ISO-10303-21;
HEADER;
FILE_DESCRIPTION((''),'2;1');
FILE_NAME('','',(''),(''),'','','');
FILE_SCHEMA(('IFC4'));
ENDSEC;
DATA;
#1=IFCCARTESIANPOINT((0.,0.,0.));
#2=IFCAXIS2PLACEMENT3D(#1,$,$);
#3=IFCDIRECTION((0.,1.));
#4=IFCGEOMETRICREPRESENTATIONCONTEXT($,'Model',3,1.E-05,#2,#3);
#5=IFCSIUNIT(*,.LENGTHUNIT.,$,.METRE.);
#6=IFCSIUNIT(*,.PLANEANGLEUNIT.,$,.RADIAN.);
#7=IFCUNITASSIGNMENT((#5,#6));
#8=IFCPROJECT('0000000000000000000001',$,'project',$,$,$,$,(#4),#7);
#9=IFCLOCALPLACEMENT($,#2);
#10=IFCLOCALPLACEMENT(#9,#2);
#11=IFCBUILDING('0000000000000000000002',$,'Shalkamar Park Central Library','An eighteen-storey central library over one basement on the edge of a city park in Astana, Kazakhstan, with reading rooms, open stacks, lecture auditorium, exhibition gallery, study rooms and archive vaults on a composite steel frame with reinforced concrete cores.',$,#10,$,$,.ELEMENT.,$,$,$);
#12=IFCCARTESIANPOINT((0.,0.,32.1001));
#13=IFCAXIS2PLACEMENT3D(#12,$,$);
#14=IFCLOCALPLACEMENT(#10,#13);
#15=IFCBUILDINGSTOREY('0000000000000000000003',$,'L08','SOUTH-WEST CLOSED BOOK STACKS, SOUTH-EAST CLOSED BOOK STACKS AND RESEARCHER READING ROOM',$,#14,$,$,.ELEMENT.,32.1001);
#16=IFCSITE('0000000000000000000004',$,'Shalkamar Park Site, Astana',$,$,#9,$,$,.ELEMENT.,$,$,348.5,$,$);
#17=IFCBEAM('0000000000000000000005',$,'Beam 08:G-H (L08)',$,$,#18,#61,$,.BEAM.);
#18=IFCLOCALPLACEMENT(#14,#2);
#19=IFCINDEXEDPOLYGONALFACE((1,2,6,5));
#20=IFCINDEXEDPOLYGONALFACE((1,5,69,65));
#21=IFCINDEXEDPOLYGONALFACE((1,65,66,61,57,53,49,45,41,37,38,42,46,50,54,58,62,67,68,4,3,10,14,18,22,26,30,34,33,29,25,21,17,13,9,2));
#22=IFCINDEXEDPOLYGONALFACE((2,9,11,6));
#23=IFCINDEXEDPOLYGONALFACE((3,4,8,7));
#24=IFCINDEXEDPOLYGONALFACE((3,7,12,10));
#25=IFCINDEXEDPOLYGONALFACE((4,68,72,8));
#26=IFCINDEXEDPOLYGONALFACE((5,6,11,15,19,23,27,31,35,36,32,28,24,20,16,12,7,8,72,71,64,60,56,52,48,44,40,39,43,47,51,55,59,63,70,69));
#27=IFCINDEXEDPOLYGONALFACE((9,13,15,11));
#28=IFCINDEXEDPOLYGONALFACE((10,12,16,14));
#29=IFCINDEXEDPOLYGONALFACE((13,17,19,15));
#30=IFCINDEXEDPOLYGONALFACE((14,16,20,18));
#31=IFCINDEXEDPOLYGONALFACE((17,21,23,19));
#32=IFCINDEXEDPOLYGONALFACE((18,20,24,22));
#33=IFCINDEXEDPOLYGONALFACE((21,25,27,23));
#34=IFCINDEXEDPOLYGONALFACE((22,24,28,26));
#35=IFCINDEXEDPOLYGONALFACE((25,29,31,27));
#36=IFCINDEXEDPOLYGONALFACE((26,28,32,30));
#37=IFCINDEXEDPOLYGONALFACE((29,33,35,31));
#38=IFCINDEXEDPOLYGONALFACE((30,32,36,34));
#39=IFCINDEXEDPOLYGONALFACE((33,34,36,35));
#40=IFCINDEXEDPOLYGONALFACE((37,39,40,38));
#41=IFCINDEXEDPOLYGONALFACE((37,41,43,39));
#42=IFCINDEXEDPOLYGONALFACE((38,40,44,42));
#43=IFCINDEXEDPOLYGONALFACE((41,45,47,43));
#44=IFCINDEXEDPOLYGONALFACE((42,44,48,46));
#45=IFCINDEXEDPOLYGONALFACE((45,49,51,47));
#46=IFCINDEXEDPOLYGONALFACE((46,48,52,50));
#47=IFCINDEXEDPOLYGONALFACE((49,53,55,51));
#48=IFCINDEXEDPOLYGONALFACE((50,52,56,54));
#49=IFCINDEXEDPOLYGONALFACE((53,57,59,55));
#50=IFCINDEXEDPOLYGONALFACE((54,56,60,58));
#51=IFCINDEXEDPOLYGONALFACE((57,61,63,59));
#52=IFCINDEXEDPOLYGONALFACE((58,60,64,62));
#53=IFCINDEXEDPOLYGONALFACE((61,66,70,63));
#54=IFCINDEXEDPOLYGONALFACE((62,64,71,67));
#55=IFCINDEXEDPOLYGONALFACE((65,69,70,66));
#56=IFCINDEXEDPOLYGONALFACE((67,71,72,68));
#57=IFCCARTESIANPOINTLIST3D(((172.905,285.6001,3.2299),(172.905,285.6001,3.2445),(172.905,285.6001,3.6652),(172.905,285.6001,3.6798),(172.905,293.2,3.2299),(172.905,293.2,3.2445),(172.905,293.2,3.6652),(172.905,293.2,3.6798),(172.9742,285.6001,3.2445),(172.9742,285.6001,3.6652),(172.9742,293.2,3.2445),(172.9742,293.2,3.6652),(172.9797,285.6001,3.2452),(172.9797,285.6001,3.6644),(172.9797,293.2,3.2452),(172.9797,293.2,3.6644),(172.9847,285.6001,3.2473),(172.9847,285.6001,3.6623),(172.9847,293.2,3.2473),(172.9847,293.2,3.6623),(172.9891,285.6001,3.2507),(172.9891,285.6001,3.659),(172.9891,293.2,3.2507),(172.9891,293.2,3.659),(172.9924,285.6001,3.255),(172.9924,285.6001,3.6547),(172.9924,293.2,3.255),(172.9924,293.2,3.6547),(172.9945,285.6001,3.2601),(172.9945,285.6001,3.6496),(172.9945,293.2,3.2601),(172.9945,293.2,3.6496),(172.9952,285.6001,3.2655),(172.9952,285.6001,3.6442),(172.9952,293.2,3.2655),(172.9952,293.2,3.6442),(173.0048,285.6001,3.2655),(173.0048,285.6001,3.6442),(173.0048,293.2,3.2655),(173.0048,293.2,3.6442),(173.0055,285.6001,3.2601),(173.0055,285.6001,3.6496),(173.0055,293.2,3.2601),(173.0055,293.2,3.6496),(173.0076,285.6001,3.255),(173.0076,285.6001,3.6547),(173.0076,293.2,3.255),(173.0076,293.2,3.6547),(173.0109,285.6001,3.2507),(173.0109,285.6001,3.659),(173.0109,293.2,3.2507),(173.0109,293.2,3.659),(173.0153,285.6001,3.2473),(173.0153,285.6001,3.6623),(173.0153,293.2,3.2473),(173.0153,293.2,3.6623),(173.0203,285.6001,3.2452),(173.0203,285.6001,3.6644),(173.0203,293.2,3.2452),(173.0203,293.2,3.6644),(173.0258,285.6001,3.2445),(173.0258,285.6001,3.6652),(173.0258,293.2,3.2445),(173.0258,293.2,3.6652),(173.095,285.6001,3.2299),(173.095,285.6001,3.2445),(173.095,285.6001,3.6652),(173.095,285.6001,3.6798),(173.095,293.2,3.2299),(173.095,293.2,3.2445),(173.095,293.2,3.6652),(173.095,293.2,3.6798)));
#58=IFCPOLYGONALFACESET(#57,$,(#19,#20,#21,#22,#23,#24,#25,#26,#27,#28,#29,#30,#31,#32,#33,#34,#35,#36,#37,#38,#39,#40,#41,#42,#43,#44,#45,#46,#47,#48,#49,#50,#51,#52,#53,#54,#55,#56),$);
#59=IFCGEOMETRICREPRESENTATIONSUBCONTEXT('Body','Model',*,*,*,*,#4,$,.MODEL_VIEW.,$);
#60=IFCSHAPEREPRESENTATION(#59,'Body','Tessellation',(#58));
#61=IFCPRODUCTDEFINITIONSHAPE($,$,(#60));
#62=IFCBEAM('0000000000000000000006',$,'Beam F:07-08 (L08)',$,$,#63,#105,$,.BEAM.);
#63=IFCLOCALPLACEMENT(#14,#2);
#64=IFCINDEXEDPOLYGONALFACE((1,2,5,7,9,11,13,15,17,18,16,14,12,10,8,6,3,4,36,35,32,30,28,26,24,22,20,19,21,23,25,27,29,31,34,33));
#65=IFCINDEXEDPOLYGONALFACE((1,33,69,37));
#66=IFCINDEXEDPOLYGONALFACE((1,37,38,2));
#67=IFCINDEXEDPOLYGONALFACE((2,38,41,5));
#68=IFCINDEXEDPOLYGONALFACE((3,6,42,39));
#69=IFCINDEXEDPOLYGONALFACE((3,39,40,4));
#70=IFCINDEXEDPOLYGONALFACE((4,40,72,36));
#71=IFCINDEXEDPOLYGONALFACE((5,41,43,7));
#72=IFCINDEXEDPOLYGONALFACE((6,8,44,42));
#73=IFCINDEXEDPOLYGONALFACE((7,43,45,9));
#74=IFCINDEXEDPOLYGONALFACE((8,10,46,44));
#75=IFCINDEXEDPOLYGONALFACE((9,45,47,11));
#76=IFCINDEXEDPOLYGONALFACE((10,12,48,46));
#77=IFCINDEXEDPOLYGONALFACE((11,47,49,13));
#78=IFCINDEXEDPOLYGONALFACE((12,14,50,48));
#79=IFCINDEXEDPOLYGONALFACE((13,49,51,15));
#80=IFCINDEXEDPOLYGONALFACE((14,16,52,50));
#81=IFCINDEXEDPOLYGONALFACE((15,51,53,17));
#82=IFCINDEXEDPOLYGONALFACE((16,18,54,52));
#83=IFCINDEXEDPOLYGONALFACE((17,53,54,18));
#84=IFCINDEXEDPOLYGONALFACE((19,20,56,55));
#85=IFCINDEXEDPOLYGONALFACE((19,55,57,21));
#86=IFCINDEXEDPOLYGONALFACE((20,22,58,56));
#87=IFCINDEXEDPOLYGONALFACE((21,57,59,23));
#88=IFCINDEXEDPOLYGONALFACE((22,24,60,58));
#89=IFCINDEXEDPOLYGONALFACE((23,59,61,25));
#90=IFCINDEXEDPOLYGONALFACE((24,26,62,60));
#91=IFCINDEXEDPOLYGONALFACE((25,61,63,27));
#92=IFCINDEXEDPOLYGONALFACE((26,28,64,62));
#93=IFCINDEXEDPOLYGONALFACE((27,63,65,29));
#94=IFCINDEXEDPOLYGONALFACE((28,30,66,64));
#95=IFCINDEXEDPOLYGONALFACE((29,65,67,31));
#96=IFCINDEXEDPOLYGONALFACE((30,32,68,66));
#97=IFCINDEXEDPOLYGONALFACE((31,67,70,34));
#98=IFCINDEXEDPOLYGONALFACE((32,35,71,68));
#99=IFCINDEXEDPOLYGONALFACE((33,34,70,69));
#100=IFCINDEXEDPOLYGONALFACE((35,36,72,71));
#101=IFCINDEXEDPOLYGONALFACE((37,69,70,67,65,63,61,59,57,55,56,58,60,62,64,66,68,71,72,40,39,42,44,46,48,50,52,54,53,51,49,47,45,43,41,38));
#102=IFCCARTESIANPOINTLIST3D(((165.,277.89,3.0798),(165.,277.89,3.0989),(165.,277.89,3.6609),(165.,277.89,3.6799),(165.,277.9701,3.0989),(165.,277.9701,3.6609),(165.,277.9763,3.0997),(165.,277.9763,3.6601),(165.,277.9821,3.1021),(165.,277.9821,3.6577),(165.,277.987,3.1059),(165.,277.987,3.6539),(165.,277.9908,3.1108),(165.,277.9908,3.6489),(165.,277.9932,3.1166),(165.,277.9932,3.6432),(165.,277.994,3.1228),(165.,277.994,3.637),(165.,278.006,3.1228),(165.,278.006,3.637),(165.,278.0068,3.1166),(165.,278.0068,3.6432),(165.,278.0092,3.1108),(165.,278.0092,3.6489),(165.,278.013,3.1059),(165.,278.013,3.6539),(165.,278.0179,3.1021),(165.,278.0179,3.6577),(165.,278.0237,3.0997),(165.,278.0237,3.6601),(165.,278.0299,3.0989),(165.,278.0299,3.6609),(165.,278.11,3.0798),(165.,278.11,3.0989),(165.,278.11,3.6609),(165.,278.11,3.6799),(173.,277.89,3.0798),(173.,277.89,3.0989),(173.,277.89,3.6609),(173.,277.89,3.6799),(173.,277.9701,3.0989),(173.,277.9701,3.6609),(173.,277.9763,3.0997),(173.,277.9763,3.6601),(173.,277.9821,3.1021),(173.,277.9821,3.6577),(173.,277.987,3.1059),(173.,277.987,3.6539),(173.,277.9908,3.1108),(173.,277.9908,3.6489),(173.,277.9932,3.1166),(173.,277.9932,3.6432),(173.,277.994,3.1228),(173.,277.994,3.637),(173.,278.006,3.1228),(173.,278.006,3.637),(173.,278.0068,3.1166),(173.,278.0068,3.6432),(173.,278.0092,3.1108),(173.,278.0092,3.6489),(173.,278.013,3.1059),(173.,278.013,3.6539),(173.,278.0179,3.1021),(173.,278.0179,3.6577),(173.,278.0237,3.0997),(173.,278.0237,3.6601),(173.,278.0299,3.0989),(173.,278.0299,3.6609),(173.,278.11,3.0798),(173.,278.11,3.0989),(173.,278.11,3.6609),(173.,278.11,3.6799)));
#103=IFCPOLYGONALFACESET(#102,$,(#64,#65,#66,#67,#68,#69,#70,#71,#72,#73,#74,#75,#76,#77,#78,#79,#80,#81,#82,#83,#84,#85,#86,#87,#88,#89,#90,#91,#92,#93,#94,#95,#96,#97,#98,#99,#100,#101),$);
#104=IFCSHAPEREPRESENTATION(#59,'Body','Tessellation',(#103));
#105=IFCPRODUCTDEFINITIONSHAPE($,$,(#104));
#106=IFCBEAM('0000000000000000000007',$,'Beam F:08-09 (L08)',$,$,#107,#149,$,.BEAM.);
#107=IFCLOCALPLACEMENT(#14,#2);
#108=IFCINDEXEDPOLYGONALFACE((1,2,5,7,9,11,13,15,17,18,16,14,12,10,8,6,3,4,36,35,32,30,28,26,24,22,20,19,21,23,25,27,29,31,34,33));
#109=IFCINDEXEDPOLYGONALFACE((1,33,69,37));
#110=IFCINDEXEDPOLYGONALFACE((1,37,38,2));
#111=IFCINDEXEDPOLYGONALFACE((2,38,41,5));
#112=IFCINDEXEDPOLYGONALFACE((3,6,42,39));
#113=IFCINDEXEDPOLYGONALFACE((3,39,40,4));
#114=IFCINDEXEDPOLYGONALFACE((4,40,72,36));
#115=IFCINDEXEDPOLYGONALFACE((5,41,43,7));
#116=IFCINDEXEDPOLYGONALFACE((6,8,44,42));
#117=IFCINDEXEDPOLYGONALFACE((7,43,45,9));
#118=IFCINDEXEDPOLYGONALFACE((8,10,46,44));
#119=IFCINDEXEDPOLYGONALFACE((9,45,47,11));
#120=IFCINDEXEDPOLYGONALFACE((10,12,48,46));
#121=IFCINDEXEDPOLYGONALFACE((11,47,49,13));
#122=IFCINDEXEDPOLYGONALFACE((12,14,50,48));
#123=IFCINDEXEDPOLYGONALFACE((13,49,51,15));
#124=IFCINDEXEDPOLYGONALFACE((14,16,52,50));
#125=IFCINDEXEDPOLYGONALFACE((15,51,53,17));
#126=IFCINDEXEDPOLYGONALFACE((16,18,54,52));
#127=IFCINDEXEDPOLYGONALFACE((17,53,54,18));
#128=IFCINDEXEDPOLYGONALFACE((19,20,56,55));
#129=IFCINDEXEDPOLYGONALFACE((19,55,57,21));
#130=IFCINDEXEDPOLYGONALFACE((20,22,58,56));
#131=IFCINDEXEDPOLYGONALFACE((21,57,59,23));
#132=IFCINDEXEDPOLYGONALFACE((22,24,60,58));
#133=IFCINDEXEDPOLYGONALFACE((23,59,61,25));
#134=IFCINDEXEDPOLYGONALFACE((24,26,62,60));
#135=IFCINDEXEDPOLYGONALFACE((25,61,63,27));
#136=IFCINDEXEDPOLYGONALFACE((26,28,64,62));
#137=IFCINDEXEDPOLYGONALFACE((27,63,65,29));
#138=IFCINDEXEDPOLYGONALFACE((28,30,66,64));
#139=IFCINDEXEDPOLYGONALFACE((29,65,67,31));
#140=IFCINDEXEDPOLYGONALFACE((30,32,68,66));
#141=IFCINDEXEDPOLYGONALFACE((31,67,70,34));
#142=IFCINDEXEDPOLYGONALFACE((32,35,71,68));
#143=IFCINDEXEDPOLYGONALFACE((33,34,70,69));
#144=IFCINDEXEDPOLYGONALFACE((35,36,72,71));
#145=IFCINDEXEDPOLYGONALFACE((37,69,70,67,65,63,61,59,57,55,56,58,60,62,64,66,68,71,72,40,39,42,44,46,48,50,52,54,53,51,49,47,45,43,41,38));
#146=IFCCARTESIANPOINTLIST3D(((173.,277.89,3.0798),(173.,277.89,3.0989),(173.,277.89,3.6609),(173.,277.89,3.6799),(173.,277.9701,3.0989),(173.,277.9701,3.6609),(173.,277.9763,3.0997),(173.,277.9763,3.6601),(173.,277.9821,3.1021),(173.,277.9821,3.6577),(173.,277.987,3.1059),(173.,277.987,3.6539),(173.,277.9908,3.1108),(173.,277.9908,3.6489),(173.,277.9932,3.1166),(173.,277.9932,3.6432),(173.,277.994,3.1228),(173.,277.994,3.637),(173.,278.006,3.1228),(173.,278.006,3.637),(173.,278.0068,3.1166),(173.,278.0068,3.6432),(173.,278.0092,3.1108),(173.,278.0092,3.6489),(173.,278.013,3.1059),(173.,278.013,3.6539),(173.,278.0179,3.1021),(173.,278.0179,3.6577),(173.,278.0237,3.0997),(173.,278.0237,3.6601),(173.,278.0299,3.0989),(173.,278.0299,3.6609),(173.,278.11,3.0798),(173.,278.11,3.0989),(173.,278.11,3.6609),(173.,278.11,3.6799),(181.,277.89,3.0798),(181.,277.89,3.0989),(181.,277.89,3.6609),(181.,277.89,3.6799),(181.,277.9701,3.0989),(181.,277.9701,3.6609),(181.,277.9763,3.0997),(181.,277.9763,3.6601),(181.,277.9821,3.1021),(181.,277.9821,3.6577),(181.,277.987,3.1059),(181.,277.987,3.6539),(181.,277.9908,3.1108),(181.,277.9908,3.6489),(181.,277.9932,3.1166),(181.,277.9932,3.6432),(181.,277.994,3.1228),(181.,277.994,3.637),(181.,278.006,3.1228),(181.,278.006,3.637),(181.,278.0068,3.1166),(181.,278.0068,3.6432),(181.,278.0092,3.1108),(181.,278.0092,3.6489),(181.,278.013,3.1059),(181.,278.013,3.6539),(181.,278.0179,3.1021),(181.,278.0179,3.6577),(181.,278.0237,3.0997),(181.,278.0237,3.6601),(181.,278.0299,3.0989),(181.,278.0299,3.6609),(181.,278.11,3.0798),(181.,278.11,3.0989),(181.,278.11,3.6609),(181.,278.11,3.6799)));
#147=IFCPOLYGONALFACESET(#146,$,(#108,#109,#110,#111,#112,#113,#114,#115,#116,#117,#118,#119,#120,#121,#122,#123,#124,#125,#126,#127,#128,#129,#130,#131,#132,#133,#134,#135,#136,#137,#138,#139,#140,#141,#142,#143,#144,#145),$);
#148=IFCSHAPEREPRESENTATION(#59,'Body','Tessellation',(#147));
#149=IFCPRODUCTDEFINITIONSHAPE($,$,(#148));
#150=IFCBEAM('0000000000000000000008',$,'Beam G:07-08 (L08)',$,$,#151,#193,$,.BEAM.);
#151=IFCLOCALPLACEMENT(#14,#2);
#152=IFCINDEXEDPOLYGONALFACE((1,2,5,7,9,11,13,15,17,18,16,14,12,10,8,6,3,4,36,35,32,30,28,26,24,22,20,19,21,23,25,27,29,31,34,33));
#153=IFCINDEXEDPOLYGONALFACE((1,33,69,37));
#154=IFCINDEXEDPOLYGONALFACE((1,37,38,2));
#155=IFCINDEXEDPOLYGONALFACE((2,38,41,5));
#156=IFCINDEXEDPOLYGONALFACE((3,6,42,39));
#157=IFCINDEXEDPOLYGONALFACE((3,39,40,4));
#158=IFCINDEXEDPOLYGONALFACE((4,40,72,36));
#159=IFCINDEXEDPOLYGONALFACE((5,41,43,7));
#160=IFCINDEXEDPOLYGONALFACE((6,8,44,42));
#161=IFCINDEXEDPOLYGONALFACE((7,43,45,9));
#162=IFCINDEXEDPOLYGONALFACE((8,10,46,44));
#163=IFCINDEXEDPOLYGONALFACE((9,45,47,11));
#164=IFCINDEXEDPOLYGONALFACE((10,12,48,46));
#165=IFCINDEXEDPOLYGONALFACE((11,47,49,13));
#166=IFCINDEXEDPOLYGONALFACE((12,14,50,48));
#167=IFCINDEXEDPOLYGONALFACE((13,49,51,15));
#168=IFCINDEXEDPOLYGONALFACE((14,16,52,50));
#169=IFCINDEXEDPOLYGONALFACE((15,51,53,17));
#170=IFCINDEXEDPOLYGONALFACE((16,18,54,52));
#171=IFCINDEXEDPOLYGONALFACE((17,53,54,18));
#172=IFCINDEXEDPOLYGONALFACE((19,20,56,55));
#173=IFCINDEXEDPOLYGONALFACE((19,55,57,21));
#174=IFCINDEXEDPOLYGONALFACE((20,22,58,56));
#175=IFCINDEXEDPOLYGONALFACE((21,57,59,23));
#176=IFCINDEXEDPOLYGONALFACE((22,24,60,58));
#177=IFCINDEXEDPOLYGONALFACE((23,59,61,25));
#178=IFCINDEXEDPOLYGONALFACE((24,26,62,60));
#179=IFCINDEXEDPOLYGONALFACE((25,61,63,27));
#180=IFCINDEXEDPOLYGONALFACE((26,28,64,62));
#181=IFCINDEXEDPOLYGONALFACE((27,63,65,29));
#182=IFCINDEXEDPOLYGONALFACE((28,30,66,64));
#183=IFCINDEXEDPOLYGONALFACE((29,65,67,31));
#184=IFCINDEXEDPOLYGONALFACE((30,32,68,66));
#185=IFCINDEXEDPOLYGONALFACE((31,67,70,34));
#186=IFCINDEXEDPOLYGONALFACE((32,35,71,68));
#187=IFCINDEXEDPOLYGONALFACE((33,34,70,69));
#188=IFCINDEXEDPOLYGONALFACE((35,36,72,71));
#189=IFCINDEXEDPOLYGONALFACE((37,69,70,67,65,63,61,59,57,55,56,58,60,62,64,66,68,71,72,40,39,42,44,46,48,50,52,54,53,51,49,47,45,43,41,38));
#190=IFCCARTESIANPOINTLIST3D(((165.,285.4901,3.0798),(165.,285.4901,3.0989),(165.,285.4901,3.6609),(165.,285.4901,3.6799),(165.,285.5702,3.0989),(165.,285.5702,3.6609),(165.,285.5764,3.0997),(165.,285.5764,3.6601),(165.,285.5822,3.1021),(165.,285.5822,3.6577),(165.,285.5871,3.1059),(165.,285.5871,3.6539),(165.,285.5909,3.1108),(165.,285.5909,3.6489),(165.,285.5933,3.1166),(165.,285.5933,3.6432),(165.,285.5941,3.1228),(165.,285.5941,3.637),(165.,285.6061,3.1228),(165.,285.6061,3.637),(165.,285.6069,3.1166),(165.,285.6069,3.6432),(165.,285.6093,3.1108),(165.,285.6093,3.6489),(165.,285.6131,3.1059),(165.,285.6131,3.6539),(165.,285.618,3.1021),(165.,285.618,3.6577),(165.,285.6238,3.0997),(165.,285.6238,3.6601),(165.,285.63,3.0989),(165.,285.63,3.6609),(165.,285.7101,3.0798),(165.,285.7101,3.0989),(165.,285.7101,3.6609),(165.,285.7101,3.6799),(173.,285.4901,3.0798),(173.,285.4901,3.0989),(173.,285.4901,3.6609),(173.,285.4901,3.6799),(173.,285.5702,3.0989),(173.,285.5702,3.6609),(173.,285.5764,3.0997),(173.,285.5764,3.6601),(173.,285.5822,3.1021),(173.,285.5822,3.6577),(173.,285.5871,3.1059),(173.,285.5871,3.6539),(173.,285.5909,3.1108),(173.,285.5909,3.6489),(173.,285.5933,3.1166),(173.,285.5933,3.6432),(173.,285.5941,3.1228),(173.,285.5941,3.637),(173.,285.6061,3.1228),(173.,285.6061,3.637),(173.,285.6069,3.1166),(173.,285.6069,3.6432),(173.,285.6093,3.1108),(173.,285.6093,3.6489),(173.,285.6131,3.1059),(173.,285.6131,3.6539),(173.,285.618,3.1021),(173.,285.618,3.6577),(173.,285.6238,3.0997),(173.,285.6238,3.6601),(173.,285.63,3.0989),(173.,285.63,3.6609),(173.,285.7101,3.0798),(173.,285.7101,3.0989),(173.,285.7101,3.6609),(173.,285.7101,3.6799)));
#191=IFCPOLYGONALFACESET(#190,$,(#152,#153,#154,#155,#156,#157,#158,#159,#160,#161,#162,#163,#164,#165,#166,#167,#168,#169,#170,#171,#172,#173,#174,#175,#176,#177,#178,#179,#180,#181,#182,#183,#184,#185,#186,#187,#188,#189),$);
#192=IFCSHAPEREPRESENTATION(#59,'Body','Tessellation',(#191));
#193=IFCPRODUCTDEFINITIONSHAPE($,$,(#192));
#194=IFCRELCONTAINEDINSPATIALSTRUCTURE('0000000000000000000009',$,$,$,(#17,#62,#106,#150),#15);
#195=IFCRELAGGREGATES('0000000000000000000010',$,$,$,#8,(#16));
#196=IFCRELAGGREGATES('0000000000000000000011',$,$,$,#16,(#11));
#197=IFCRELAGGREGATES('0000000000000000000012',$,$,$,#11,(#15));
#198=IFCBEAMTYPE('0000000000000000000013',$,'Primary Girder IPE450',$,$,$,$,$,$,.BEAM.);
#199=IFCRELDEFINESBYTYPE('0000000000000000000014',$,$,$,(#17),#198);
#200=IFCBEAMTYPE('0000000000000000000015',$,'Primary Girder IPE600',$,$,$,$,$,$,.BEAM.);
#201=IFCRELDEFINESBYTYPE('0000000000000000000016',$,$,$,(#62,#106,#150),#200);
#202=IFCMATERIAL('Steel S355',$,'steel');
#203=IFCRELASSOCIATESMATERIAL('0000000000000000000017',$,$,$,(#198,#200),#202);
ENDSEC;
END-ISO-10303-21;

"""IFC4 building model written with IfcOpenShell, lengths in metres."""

from ifc_helpers import new_model, si_unit, direction, frame, origin, origin_2d, place, context, subcontext, project, spatial, i_section, extrude, material, material_profile, profile_set, type_object, element, save


model = new_model("IFC4")

# Units and contexts
model_context = context("Model", 3, precision=1e-05, world=origin(), true_north=direction((0.0, 1.0)))
body_context = subcontext(model_context, "Body", "Model", "MODEL_VIEW")
ifc_project = project(units=[si_unit("LENGTHUNIT", "METRE"), si_unit("PLANEANGLEUNIT", "RADIAN")], contexts=[model_context])

# Site, building, storey
site_placement = place(None, origin())
site = spatial("IfcSite", under=ifc_project, at=site_placement, Name="Shalkamar Park Site, Astana", CompositionType="ELEMENT", RefElevation=348.5)
building_placement = place(site_placement, origin())
building = spatial("IfcBuilding", under=site, at=building_placement, Name="Shalkamar Park Central Library", Description="An eighteen-storey central library over one basement on the edge of a city park in Astana, Kazakhstan, with reading rooms, open stacks, lecture auditorium, exhibition gallery, study rooms and archive vaults on a composite steel frame with reinforced concrete cores.", CompositionType="ELEMENT")
storey_placement = place(building_placement, frame((0.0, 0.0, 32.1001)))
storey = spatial("IfcBuildingStorey", under=building, at=storey_placement, Name="L08", Description="SOUTH-WEST CLOSED BOOK STACKS, SOUTH-EAST CLOSED BOOK STACKS AND RESEARCHER READING ROOM", CompositionType="ELEMENT", Elevation=32.1001)

# Shared definitions
ifc_material_1 = material(Name="Steel S355", Category="steel")

# Beams
ifc_material_profile_1 = material_profile(ifc_material_1, i_section(OverallWidth=0.1899, OverallDepth=0.45, WebThickness=0.0095, FlangeThickness=0.0146, FilletRadius=0.021, at=origin_2d()), Name="IPE 450")
ifc_profile_set_1 = profile_set([ifc_material_profile_1], Name="Steel S355")
beam_type_1 = type_object("IfcBeamType", Name="Primary Girder IPE450", PredefinedType="BEAM", material=ifc_profile_set_1)
beam_1_placement = place(storey_placement, frame((173.0, 285.6001, 3.4548), z_axis=(0.0, 1.0, 0.0), x_axis=(-1.0, 0.0, 0.0)))
element("IfcBeam", 1, at=beam_1_placement, inside=storey, type_object=beam_type_1, Name="Beam 08:G-H (L08)", PredefinedType="BEAM", context=body_context, shape_type="SweptSolid", body=[
    extrude(i_section(OverallWidth=0.1899, OverallDepth=0.45, WebThickness=0.0095, FlangeThickness=0.0146, FilletRadius=0.021, at=origin_2d()), origin(), (0.0, 0.0, 1.0), 7.5999),
])
ifc_material_profile_2 = material_profile(ifc_material_1, i_section(OverallWidth=0.22, OverallDepth=0.6001, WebThickness=0.012, FlangeThickness=0.019, FilletRadius=0.0239, at=origin_2d()), Name="IPE 600")
ifc_profile_set_2 = profile_set([ifc_material_profile_2], Name="Steel S355")
beam_type_2 = type_object("IfcBeamType", Name="Primary Girder IPE600", PredefinedType="BEAM", material=ifc_profile_set_2)
for number, where, z_axis, x_axis, name in (
    (2, (165.0, 278.0, 3.3799), (1.0, 0.0, 0.0), (0.0, 1.0, 0.0), "Beam F:07-08 (L08)"),
    (3, (173.0, 278.0, 3.3799), (1.0, 0.0, 0.0), (0.0, 1.0, 0.0), "Beam F:08-09 (L08)"),
    (4, (165.0, 285.6001, 3.3799), (1.0, 0.0, 0.0), (0.0, 1.0, 0.0), "Beam G:07-08 (L08)"),
):
    element("IfcBeam", number, at=place(storey_placement, frame(where, z_axis=z_axis, x_axis=x_axis)), inside=storey, type_object=beam_type_2, Name=name, PredefinedType="BEAM", context=body_context, shape_type="SweptSolid", body=[
        extrude(i_section(OverallWidth=0.22, OverallDepth=0.6001, WebThickness=0.012, FlangeThickness=0.019, FilletRadius=0.0239, at=origin_2d()), origin(), (0.0, 0.0, 1.0), 8.0),
    ])

save(model, "model.ifc")
